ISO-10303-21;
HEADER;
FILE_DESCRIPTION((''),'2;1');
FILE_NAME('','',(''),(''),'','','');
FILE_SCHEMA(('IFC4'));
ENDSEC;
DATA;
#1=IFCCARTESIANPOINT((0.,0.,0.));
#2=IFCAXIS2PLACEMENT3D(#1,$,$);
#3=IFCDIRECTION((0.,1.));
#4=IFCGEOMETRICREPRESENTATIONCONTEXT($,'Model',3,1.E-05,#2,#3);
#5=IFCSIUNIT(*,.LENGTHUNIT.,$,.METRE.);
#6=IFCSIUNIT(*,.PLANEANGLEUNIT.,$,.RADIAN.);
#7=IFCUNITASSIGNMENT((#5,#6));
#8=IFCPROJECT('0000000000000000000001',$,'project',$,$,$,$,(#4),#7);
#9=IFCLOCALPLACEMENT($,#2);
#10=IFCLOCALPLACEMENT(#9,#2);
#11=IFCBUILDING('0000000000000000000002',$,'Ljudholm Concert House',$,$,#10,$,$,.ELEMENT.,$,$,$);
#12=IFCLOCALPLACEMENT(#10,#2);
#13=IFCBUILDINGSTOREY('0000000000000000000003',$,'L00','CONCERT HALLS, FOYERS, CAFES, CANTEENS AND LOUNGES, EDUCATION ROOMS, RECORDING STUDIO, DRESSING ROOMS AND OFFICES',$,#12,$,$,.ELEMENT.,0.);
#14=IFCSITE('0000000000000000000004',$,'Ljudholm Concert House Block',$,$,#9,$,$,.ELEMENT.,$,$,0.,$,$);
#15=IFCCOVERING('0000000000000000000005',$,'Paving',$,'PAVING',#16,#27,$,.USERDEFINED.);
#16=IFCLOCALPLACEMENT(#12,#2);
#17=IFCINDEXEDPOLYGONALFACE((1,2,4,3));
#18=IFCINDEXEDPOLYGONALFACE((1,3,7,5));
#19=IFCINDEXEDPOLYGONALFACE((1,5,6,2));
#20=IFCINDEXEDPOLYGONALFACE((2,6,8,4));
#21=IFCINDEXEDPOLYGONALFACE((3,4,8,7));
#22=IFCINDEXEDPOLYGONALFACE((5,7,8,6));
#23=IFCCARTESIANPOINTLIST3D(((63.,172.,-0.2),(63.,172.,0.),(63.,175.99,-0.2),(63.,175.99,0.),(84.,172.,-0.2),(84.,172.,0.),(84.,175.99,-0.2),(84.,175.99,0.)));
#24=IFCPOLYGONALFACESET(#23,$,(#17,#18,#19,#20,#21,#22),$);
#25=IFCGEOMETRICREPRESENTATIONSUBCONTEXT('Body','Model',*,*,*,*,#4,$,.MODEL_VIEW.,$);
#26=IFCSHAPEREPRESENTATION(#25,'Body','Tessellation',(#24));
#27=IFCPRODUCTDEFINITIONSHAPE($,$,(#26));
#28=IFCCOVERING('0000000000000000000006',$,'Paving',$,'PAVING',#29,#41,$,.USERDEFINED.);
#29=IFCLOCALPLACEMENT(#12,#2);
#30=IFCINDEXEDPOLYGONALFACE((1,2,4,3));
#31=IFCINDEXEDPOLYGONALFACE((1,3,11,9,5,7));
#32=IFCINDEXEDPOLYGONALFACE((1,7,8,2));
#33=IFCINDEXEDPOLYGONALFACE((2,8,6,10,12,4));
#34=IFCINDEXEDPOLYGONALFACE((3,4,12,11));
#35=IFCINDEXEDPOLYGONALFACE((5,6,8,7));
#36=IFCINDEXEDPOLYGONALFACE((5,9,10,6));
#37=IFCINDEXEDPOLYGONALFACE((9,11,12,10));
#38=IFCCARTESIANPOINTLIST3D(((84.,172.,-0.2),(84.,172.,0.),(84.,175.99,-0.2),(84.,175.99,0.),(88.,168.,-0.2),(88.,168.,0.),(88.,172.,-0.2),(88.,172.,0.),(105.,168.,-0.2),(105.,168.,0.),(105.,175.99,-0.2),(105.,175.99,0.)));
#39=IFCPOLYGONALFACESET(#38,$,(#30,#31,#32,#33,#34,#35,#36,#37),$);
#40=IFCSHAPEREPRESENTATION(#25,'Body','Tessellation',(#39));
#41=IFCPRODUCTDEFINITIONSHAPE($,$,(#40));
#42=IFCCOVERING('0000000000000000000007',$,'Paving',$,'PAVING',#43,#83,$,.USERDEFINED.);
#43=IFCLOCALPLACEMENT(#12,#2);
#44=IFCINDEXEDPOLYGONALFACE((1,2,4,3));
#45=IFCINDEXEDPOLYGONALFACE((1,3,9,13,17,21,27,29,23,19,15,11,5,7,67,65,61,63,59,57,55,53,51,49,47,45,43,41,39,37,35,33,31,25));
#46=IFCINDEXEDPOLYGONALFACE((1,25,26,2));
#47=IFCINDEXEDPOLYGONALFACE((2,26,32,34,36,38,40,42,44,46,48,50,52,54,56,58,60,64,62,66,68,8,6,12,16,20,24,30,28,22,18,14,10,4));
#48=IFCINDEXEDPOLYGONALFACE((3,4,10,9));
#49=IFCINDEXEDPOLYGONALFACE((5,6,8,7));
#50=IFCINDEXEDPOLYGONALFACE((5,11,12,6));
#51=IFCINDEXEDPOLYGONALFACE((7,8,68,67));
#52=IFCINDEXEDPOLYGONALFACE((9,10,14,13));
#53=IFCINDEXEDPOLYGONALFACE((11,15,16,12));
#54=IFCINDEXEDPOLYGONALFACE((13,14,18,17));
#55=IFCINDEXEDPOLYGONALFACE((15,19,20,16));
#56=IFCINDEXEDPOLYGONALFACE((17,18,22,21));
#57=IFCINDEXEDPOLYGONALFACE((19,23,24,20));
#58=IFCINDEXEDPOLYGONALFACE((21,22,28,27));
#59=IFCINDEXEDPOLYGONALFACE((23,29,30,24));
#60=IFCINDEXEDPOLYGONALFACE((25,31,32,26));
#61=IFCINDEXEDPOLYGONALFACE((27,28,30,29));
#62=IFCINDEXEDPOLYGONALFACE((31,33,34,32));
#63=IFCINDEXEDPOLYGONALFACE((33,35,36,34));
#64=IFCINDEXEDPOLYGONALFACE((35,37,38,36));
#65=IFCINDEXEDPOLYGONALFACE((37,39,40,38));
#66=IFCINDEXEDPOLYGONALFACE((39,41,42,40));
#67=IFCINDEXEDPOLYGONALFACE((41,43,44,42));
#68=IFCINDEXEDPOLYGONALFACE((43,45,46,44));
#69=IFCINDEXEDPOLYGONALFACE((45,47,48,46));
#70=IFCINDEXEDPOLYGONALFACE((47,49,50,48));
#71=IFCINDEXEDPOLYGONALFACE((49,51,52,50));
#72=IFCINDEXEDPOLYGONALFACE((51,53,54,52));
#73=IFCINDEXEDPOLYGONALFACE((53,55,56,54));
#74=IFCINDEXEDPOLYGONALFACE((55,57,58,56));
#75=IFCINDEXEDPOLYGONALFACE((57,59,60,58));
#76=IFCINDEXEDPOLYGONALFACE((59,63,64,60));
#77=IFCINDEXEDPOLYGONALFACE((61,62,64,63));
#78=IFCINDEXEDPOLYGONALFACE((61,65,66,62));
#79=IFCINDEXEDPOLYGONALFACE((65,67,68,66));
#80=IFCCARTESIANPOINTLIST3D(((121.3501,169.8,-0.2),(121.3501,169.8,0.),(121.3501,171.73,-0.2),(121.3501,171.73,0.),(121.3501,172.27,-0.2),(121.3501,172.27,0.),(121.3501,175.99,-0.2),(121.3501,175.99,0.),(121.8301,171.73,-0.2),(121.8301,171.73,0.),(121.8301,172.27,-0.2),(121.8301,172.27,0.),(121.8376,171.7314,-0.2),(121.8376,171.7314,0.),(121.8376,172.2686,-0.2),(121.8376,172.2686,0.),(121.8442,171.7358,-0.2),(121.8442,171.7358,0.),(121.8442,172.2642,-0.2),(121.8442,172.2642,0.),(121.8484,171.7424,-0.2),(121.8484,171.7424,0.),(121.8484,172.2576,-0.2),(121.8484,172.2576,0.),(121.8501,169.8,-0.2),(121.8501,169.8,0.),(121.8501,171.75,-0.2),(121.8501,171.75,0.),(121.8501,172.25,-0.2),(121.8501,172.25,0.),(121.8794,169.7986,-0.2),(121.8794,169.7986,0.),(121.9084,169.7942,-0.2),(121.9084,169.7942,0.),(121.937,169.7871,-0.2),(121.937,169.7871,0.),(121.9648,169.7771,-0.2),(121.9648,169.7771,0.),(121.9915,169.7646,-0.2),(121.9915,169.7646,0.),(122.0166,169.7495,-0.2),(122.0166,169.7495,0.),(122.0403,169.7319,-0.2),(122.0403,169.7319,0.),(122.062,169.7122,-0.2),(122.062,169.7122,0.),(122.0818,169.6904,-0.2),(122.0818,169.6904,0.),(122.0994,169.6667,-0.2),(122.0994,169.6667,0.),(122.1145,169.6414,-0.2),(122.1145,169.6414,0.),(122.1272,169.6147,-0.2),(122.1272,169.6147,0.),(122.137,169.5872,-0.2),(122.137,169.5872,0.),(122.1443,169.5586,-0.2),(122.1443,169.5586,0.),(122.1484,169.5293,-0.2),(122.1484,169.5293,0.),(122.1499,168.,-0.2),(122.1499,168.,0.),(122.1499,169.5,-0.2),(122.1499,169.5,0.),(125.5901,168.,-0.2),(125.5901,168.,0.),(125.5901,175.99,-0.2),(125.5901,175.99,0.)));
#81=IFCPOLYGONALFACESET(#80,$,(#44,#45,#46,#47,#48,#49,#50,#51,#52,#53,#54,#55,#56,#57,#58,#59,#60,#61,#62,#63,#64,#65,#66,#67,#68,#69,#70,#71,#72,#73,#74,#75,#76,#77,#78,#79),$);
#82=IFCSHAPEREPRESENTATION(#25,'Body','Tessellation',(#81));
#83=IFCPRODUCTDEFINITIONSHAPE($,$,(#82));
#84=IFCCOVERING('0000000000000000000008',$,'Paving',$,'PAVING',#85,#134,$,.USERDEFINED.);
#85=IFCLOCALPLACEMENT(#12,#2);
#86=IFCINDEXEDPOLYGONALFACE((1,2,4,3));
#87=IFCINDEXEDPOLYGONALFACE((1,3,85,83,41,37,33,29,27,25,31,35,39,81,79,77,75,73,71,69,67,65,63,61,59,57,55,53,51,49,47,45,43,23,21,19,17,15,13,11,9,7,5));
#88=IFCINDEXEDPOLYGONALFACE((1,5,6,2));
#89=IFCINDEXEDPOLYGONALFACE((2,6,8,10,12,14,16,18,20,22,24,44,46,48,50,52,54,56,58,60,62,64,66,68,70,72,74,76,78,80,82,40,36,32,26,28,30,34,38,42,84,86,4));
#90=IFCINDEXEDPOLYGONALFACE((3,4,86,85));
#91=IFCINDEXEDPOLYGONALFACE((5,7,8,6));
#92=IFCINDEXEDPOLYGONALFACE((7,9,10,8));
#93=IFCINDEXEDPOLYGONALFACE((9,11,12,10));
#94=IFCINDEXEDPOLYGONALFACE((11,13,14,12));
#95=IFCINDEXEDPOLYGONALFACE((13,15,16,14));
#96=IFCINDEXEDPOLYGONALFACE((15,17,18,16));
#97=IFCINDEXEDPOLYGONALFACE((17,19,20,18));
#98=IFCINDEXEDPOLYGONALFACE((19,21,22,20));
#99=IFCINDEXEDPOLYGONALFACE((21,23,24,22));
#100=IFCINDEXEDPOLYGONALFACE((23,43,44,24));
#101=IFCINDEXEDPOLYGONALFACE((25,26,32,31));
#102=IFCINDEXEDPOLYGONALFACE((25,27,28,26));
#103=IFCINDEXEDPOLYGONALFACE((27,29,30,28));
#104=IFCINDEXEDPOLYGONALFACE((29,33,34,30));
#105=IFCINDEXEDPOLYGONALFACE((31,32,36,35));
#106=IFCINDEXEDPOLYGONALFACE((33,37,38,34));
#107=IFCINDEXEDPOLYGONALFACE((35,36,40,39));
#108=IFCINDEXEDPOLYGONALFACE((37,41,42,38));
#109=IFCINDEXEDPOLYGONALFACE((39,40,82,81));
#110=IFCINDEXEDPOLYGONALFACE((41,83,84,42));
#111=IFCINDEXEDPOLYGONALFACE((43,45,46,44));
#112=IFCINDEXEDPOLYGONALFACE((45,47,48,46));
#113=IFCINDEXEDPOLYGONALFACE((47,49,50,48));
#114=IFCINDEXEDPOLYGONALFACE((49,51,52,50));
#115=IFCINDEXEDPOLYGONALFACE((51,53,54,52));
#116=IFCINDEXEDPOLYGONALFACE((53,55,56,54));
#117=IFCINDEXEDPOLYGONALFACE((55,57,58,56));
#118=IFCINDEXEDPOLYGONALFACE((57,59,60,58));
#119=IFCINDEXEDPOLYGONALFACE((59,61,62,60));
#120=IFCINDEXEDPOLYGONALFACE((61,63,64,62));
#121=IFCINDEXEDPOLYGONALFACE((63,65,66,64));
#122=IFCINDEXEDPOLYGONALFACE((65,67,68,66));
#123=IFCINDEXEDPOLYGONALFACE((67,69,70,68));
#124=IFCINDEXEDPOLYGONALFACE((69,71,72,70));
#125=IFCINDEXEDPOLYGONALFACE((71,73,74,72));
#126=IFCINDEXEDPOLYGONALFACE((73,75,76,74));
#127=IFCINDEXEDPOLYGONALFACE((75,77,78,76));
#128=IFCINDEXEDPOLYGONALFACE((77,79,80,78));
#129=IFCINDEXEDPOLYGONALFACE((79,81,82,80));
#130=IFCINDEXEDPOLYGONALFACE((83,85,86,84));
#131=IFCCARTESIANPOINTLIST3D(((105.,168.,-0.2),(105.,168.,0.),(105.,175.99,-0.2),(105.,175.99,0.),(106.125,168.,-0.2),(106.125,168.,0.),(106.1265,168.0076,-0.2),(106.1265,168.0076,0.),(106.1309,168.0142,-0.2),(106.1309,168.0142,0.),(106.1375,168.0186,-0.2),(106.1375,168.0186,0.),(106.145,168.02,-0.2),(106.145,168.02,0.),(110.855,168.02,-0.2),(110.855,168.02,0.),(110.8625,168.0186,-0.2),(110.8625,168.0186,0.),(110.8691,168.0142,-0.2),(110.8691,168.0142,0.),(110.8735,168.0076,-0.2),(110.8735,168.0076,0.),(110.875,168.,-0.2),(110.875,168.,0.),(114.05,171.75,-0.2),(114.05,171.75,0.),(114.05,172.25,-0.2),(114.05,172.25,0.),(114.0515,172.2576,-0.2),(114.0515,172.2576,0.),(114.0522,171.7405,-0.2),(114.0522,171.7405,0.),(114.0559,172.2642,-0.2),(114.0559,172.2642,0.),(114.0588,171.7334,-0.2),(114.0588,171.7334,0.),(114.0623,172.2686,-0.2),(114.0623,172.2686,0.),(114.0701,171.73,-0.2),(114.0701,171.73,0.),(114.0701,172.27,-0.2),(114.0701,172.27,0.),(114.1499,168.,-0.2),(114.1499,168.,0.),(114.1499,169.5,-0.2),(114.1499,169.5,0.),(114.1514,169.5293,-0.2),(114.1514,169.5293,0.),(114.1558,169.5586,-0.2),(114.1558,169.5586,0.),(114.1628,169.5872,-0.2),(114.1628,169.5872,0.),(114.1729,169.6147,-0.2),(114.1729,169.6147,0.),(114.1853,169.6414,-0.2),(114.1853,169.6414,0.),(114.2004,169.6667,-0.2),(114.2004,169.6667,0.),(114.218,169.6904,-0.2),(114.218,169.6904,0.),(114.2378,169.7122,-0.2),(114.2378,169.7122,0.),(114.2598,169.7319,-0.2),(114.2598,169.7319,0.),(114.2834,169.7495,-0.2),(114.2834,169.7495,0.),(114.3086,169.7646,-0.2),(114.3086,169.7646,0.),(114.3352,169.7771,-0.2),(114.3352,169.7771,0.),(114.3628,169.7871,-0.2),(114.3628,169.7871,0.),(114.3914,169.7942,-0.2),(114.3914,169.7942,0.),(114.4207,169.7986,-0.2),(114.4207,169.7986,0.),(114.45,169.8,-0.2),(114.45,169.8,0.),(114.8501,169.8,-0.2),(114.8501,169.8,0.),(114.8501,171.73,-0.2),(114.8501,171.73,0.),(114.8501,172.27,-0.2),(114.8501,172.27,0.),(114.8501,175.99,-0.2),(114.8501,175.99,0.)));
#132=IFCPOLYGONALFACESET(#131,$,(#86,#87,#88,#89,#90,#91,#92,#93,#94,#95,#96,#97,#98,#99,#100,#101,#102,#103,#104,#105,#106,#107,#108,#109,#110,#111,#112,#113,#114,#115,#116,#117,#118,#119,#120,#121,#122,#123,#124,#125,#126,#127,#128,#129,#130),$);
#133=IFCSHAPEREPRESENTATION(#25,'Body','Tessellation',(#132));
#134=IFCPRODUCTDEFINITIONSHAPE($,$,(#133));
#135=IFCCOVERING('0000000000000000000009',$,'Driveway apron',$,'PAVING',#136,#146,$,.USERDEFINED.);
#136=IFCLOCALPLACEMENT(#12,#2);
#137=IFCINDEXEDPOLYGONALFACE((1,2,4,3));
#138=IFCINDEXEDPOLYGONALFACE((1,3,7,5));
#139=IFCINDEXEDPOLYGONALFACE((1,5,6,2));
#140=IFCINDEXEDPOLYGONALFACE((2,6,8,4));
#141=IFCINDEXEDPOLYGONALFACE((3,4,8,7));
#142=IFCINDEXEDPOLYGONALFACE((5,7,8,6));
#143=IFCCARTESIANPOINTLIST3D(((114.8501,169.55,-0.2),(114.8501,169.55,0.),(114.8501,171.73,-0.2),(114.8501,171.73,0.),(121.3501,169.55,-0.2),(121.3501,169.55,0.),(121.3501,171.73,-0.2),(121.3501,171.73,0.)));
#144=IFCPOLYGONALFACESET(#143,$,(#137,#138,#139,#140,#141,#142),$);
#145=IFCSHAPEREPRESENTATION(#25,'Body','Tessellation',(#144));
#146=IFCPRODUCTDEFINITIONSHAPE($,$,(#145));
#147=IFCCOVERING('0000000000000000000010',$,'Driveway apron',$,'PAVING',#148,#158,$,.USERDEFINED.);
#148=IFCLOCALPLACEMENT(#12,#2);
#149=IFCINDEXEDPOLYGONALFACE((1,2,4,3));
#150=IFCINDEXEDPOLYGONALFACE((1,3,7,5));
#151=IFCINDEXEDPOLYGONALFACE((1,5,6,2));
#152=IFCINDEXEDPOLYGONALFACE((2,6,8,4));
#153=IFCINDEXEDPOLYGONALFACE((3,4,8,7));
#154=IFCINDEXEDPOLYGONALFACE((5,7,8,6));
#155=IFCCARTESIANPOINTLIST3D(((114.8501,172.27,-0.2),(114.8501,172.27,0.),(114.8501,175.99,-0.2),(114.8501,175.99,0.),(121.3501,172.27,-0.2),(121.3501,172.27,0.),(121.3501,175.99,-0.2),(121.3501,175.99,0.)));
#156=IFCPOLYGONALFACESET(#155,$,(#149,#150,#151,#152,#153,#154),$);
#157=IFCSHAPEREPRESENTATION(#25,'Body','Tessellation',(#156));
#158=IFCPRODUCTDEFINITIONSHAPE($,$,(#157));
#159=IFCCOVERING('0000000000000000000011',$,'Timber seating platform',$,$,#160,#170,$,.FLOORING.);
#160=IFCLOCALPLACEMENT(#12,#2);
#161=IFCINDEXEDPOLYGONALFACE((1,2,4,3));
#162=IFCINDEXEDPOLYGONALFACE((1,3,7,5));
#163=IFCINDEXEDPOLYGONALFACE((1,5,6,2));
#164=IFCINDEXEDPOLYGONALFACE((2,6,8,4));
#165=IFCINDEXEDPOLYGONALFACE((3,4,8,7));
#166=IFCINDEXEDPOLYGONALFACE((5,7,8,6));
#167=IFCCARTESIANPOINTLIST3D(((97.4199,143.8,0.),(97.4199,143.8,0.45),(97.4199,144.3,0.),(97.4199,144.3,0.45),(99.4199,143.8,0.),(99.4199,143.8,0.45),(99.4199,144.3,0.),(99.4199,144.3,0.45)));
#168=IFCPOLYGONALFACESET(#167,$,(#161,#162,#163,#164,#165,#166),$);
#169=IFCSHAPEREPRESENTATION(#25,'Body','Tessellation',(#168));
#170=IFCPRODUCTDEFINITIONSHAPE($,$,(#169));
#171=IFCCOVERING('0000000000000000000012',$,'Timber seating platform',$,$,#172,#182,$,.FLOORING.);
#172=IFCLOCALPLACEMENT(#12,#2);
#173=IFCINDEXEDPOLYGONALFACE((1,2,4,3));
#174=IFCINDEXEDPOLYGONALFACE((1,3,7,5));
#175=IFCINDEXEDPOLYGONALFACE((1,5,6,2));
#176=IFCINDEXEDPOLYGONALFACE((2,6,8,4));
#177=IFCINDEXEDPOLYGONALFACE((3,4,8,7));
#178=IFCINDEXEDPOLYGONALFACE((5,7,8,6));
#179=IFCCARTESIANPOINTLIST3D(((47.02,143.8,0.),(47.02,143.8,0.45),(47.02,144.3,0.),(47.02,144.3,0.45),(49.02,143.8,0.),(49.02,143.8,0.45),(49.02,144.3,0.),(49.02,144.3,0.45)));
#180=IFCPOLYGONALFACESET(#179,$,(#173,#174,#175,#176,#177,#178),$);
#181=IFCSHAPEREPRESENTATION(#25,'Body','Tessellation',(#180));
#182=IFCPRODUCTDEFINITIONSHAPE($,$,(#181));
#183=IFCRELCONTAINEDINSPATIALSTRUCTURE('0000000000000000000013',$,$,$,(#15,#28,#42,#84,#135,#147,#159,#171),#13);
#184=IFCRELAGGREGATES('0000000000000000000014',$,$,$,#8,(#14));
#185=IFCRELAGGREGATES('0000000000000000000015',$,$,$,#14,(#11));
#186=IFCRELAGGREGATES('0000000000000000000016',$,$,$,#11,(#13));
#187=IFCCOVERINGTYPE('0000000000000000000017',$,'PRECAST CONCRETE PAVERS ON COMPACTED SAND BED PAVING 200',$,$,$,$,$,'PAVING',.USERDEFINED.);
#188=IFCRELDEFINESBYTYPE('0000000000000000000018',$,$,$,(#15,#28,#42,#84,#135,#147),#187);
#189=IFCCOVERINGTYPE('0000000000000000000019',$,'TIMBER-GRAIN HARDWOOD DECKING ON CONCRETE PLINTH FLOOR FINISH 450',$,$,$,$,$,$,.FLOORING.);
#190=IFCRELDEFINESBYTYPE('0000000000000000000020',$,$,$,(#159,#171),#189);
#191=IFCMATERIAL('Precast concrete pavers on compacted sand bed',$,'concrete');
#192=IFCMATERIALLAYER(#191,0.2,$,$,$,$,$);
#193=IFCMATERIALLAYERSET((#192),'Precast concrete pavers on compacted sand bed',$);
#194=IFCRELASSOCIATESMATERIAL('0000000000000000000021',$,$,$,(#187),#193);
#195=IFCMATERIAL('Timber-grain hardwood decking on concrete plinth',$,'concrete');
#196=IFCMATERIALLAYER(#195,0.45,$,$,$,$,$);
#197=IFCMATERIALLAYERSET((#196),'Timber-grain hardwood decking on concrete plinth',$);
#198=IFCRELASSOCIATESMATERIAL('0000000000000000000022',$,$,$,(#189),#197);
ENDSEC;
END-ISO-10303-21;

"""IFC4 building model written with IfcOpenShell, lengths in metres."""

from ifc_helpers import new_model, si_unit, direction, frame, origin, place, context, subcontext, project, spatial, polyline, outline, extrude, material, layer, layer_set, type_object, element, save


model = new_model("IFC4")

# Units and contexts
model_context = context("Model", 3, precision=1e-05, world=origin(), true_north=direction((0.0, 1.0)))
body_context = subcontext(model_context, "Body", "Model", "MODEL_VIEW")
ifc_project = project(units=[si_unit("LENGTHUNIT", "METRE"), si_unit("PLANEANGLEUNIT", "RADIAN")], contexts=[model_context])

# Site, building, storey
site_placement = place(None, origin())
site = spatial("IfcSite", under=ifc_project, at=site_placement, Name="Ljudholm Concert House Block", CompositionType="ELEMENT", RefElevation=0.0)
building_placement = place(site_placement, origin())
building = spatial("IfcBuilding", under=site, at=building_placement, Name="Ljudholm Concert House", CompositionType="ELEMENT")
storey_placement = place(building_placement, origin())
storey = spatial("IfcBuildingStorey", under=building, at=storey_placement, Name="L00", Description="CONCERT HALLS, FOYERS, CAFES, CANTEENS AND LOUNGES, EDUCATION ROOMS, RECORDING STUDIO, DRESSING ROOMS AND OFFICES", CompositionType="ELEMENT", Elevation=0.0)

# Coverings
ifc_material_1 = material(Name="Precast concrete pavers on compacted sand bed", Category="concrete")
ifc_layer_1 = layer(ifc_material_1, 0.2)
ifc_layer_set_1 = layer_set([ifc_layer_1], Name="Precast concrete pavers on compacted sand bed")
covering_type_1 = type_object("IfcCoveringType", Name="PRECAST CONCRETE PAVERS ON COMPACTED SAND BED PAVING 200", ElementType="PAVING", PredefinedType="USERDEFINED", material=ifc_layer_set_1)
covering_1_placement = place(storey_placement, frame((0.0, 0.0, -0.2)))
element("IfcCovering", 1, at=covering_1_placement, inside=storey, type_object=covering_type_1, Name="Paving", ObjectType="PAVING", PredefinedType="USERDEFINED", context=body_context, shape_type="SweptSolid", body=[
    extrude(outline(polyline([(84.0, 175.99), (84.0, 172.0), (63.0, 172.0), (63.0, 175.99), (84.0, 175.99)])), origin(), (0.0, 0.0, 1.0), 0.2),
])
covering_2_placement = place(storey_placement, frame((0.0, 0.0, -0.2)))
element("IfcCovering", 2, at=covering_2_placement, inside=storey, type_object=covering_type_1, Name="Paving", ObjectType="PAVING", PredefinedType="USERDEFINED", context=body_context, shape_type="SweptSolid", body=[
    extrude(outline(polyline([(105.0, 175.99), (105.0, 168.0), (88.0, 168.0), (88.0, 172.0), (84.0, 172.0), (84.0, 175.99), (105.0, 175.99)])), origin(), (0.0, 0.0, 1.0), 0.2),
])
covering_3_placement = place(storey_placement, frame((0.0, 0.0, -0.2)))
element("IfcCovering", 3, at=covering_3_placement, inside=storey, type_object=covering_type_1, Name="Paving", ObjectType="PAVING", PredefinedType="USERDEFINED", context=body_context, shape_type="SweptSolid", body=[
    extrude(outline(polyline([(125.5901, 168.0), (122.1499, 168.0), (122.1499, 169.5), (122.1484, 169.5293), (122.1443, 169.5586), (122.137, 169.5872), (122.1272, 169.6147), (122.1145, 169.6414), (122.0994, 169.6667), (122.0818, 169.6904), (122.062, 169.7122), (122.0403, 169.7319), (122.0166, 169.7495), (121.9915, 169.7646), (121.9648, 169.7771), (121.937, 169.7871), (121.9084, 169.7942), (121.8794, 169.7986), (121.8501, 169.8), (121.3501, 169.8), (121.3501, 171.73), (121.8301, 171.73), (121.8376, 171.7314), (121.8442, 171.7358), (121.8484, 171.7424), (121.8501, 171.75), (121.8501, 172.25), (121.8484, 172.2576), (121.8442, 172.2642), (121.8376, 172.2686), (121.8301, 172.27), (121.3501, 172.27), (121.3501, 175.99), (125.5901, 175.99), (125.5901, 168.0)])), origin(), (0.0, 0.0, 1.0), 0.2),
])
covering_4_placement = place(storey_placement, frame((0.0, 0.0, -0.2)))
element("IfcCovering", 4, at=covering_4_placement, inside=storey, type_object=covering_type_1, Name="Paving", ObjectType="PAVING", PredefinedType="USERDEFINED", context=body_context, shape_type="SweptSolid", body=[
    extrude(outline(polyline([(114.8501, 175.99), (114.8501, 172.27), (114.0701, 172.27), (114.0623, 172.2686), (114.0559, 172.2642), (114.0515, 172.2576), (114.05, 172.25), (114.05, 171.75), (114.0522, 171.7405), (114.0588, 171.7334), (114.0701, 171.73), (114.8501, 171.73), (114.8501, 169.8), (114.45, 169.8), (114.4207, 169.7986), (114.3914, 169.7942), (114.3628, 169.7871), (114.3352, 169.7771), (114.3086, 169.7646), (114.2834, 169.7495), (114.2598, 169.7319), (114.2378, 169.7122), (114.218, 169.6904), (114.2004, 169.6667), (114.1853, 169.6414), (114.1729, 169.6147), (114.1628, 169.5872), (114.1558, 169.5586), (114.1514, 169.5293), (114.1499, 169.5), (114.1499, 168.0), (110.875, 168.0), (110.8735, 168.0076), (110.8691, 168.0142), (110.8625, 168.0186), (110.855, 168.02), (106.145, 168.02), (106.1375, 168.0186), (106.1309, 168.0142), (106.1265, 168.0076), (106.125, 168.0), (105.0, 168.0), (105.0, 175.99), (114.8501, 175.99)])), origin(), (0.0, 0.0, 1.0), 0.2),
])
covering_5_placement = place(storey_placement, frame((0.0, 0.0, -0.2)))
element("IfcCovering", 5, at=covering_5_placement, inside=storey, type_object=covering_type_1, Name="Driveway apron", ObjectType="PAVING", PredefinedType="USERDEFINED", context=body_context, shape_type="SweptSolid", body=[
    extrude(outline(polyline([(121.3501, 169.55), (114.8501, 169.55), (114.8501, 171.73), (121.3501, 171.73), (121.3501, 169.55)])), origin(), (0.0, 0.0, 1.0), 0.2),
])
covering_6_placement = place(storey_placement, frame((0.0, 0.0, -0.2)))
element("IfcCovering", 6, at=covering_6_placement, inside=storey, type_object=covering_type_1, Name="Driveway apron", ObjectType="PAVING", PredefinedType="USERDEFINED", context=body_context, shape_type="SweptSolid", body=[
    extrude(outline(polyline([(114.8501, 175.99), (121.3501, 175.99), (121.3501, 172.27), (114.8501, 172.27), (114.8501, 175.99)])), origin(), (0.0, 0.0, 1.0), 0.2),
])
ifc_material_2 = material(Name="Timber-grain hardwood decking on concrete plinth", Category="concrete")
ifc_layer_2 = layer(ifc_material_2, 0.45)
ifc_layer_set_2 = layer_set([ifc_layer_2], Name="Timber-grain hardwood decking on concrete plinth")
covering_type_2 = type_object("IfcCoveringType", Name="TIMBER-GRAIN HARDWOOD DECKING ON CONCRETE PLINTH FLOOR FINISH 450", PredefinedType="FLOORING", material=ifc_layer_set_2)
covering_7_placement = place(storey_placement, origin())
element("IfcCovering", 7, at=covering_7_placement, inside=storey, type_object=covering_type_2, Name="Timber seating platform", PredefinedType="FLOORING", context=body_context, shape_type="SweptSolid", body=[
    extrude(outline(polyline([(97.4199, 143.8), (99.4199, 143.8), (99.4199, 144.3), (97.4199, 144.3), (97.4199, 143.8)])), origin(), (0.0, 0.0, 1.0), 0.45),
])
covering_8_placement = place(storey_placement, origin())
element("IfcCovering", 8, at=covering_8_placement, inside=storey, type_object=covering_type_2, Name="Timber seating platform", PredefinedType="FLOORING", context=body_context, shape_type="SweptSolid", body=[
    extrude(outline(polyline([(47.02, 143.8), (49.02, 143.8), (49.02, 144.3), (47.02, 144.3), (47.02, 143.8)])), origin(), (0.0, 0.0, 1.0), 0.45),
])

save(model, "model.ifc")
